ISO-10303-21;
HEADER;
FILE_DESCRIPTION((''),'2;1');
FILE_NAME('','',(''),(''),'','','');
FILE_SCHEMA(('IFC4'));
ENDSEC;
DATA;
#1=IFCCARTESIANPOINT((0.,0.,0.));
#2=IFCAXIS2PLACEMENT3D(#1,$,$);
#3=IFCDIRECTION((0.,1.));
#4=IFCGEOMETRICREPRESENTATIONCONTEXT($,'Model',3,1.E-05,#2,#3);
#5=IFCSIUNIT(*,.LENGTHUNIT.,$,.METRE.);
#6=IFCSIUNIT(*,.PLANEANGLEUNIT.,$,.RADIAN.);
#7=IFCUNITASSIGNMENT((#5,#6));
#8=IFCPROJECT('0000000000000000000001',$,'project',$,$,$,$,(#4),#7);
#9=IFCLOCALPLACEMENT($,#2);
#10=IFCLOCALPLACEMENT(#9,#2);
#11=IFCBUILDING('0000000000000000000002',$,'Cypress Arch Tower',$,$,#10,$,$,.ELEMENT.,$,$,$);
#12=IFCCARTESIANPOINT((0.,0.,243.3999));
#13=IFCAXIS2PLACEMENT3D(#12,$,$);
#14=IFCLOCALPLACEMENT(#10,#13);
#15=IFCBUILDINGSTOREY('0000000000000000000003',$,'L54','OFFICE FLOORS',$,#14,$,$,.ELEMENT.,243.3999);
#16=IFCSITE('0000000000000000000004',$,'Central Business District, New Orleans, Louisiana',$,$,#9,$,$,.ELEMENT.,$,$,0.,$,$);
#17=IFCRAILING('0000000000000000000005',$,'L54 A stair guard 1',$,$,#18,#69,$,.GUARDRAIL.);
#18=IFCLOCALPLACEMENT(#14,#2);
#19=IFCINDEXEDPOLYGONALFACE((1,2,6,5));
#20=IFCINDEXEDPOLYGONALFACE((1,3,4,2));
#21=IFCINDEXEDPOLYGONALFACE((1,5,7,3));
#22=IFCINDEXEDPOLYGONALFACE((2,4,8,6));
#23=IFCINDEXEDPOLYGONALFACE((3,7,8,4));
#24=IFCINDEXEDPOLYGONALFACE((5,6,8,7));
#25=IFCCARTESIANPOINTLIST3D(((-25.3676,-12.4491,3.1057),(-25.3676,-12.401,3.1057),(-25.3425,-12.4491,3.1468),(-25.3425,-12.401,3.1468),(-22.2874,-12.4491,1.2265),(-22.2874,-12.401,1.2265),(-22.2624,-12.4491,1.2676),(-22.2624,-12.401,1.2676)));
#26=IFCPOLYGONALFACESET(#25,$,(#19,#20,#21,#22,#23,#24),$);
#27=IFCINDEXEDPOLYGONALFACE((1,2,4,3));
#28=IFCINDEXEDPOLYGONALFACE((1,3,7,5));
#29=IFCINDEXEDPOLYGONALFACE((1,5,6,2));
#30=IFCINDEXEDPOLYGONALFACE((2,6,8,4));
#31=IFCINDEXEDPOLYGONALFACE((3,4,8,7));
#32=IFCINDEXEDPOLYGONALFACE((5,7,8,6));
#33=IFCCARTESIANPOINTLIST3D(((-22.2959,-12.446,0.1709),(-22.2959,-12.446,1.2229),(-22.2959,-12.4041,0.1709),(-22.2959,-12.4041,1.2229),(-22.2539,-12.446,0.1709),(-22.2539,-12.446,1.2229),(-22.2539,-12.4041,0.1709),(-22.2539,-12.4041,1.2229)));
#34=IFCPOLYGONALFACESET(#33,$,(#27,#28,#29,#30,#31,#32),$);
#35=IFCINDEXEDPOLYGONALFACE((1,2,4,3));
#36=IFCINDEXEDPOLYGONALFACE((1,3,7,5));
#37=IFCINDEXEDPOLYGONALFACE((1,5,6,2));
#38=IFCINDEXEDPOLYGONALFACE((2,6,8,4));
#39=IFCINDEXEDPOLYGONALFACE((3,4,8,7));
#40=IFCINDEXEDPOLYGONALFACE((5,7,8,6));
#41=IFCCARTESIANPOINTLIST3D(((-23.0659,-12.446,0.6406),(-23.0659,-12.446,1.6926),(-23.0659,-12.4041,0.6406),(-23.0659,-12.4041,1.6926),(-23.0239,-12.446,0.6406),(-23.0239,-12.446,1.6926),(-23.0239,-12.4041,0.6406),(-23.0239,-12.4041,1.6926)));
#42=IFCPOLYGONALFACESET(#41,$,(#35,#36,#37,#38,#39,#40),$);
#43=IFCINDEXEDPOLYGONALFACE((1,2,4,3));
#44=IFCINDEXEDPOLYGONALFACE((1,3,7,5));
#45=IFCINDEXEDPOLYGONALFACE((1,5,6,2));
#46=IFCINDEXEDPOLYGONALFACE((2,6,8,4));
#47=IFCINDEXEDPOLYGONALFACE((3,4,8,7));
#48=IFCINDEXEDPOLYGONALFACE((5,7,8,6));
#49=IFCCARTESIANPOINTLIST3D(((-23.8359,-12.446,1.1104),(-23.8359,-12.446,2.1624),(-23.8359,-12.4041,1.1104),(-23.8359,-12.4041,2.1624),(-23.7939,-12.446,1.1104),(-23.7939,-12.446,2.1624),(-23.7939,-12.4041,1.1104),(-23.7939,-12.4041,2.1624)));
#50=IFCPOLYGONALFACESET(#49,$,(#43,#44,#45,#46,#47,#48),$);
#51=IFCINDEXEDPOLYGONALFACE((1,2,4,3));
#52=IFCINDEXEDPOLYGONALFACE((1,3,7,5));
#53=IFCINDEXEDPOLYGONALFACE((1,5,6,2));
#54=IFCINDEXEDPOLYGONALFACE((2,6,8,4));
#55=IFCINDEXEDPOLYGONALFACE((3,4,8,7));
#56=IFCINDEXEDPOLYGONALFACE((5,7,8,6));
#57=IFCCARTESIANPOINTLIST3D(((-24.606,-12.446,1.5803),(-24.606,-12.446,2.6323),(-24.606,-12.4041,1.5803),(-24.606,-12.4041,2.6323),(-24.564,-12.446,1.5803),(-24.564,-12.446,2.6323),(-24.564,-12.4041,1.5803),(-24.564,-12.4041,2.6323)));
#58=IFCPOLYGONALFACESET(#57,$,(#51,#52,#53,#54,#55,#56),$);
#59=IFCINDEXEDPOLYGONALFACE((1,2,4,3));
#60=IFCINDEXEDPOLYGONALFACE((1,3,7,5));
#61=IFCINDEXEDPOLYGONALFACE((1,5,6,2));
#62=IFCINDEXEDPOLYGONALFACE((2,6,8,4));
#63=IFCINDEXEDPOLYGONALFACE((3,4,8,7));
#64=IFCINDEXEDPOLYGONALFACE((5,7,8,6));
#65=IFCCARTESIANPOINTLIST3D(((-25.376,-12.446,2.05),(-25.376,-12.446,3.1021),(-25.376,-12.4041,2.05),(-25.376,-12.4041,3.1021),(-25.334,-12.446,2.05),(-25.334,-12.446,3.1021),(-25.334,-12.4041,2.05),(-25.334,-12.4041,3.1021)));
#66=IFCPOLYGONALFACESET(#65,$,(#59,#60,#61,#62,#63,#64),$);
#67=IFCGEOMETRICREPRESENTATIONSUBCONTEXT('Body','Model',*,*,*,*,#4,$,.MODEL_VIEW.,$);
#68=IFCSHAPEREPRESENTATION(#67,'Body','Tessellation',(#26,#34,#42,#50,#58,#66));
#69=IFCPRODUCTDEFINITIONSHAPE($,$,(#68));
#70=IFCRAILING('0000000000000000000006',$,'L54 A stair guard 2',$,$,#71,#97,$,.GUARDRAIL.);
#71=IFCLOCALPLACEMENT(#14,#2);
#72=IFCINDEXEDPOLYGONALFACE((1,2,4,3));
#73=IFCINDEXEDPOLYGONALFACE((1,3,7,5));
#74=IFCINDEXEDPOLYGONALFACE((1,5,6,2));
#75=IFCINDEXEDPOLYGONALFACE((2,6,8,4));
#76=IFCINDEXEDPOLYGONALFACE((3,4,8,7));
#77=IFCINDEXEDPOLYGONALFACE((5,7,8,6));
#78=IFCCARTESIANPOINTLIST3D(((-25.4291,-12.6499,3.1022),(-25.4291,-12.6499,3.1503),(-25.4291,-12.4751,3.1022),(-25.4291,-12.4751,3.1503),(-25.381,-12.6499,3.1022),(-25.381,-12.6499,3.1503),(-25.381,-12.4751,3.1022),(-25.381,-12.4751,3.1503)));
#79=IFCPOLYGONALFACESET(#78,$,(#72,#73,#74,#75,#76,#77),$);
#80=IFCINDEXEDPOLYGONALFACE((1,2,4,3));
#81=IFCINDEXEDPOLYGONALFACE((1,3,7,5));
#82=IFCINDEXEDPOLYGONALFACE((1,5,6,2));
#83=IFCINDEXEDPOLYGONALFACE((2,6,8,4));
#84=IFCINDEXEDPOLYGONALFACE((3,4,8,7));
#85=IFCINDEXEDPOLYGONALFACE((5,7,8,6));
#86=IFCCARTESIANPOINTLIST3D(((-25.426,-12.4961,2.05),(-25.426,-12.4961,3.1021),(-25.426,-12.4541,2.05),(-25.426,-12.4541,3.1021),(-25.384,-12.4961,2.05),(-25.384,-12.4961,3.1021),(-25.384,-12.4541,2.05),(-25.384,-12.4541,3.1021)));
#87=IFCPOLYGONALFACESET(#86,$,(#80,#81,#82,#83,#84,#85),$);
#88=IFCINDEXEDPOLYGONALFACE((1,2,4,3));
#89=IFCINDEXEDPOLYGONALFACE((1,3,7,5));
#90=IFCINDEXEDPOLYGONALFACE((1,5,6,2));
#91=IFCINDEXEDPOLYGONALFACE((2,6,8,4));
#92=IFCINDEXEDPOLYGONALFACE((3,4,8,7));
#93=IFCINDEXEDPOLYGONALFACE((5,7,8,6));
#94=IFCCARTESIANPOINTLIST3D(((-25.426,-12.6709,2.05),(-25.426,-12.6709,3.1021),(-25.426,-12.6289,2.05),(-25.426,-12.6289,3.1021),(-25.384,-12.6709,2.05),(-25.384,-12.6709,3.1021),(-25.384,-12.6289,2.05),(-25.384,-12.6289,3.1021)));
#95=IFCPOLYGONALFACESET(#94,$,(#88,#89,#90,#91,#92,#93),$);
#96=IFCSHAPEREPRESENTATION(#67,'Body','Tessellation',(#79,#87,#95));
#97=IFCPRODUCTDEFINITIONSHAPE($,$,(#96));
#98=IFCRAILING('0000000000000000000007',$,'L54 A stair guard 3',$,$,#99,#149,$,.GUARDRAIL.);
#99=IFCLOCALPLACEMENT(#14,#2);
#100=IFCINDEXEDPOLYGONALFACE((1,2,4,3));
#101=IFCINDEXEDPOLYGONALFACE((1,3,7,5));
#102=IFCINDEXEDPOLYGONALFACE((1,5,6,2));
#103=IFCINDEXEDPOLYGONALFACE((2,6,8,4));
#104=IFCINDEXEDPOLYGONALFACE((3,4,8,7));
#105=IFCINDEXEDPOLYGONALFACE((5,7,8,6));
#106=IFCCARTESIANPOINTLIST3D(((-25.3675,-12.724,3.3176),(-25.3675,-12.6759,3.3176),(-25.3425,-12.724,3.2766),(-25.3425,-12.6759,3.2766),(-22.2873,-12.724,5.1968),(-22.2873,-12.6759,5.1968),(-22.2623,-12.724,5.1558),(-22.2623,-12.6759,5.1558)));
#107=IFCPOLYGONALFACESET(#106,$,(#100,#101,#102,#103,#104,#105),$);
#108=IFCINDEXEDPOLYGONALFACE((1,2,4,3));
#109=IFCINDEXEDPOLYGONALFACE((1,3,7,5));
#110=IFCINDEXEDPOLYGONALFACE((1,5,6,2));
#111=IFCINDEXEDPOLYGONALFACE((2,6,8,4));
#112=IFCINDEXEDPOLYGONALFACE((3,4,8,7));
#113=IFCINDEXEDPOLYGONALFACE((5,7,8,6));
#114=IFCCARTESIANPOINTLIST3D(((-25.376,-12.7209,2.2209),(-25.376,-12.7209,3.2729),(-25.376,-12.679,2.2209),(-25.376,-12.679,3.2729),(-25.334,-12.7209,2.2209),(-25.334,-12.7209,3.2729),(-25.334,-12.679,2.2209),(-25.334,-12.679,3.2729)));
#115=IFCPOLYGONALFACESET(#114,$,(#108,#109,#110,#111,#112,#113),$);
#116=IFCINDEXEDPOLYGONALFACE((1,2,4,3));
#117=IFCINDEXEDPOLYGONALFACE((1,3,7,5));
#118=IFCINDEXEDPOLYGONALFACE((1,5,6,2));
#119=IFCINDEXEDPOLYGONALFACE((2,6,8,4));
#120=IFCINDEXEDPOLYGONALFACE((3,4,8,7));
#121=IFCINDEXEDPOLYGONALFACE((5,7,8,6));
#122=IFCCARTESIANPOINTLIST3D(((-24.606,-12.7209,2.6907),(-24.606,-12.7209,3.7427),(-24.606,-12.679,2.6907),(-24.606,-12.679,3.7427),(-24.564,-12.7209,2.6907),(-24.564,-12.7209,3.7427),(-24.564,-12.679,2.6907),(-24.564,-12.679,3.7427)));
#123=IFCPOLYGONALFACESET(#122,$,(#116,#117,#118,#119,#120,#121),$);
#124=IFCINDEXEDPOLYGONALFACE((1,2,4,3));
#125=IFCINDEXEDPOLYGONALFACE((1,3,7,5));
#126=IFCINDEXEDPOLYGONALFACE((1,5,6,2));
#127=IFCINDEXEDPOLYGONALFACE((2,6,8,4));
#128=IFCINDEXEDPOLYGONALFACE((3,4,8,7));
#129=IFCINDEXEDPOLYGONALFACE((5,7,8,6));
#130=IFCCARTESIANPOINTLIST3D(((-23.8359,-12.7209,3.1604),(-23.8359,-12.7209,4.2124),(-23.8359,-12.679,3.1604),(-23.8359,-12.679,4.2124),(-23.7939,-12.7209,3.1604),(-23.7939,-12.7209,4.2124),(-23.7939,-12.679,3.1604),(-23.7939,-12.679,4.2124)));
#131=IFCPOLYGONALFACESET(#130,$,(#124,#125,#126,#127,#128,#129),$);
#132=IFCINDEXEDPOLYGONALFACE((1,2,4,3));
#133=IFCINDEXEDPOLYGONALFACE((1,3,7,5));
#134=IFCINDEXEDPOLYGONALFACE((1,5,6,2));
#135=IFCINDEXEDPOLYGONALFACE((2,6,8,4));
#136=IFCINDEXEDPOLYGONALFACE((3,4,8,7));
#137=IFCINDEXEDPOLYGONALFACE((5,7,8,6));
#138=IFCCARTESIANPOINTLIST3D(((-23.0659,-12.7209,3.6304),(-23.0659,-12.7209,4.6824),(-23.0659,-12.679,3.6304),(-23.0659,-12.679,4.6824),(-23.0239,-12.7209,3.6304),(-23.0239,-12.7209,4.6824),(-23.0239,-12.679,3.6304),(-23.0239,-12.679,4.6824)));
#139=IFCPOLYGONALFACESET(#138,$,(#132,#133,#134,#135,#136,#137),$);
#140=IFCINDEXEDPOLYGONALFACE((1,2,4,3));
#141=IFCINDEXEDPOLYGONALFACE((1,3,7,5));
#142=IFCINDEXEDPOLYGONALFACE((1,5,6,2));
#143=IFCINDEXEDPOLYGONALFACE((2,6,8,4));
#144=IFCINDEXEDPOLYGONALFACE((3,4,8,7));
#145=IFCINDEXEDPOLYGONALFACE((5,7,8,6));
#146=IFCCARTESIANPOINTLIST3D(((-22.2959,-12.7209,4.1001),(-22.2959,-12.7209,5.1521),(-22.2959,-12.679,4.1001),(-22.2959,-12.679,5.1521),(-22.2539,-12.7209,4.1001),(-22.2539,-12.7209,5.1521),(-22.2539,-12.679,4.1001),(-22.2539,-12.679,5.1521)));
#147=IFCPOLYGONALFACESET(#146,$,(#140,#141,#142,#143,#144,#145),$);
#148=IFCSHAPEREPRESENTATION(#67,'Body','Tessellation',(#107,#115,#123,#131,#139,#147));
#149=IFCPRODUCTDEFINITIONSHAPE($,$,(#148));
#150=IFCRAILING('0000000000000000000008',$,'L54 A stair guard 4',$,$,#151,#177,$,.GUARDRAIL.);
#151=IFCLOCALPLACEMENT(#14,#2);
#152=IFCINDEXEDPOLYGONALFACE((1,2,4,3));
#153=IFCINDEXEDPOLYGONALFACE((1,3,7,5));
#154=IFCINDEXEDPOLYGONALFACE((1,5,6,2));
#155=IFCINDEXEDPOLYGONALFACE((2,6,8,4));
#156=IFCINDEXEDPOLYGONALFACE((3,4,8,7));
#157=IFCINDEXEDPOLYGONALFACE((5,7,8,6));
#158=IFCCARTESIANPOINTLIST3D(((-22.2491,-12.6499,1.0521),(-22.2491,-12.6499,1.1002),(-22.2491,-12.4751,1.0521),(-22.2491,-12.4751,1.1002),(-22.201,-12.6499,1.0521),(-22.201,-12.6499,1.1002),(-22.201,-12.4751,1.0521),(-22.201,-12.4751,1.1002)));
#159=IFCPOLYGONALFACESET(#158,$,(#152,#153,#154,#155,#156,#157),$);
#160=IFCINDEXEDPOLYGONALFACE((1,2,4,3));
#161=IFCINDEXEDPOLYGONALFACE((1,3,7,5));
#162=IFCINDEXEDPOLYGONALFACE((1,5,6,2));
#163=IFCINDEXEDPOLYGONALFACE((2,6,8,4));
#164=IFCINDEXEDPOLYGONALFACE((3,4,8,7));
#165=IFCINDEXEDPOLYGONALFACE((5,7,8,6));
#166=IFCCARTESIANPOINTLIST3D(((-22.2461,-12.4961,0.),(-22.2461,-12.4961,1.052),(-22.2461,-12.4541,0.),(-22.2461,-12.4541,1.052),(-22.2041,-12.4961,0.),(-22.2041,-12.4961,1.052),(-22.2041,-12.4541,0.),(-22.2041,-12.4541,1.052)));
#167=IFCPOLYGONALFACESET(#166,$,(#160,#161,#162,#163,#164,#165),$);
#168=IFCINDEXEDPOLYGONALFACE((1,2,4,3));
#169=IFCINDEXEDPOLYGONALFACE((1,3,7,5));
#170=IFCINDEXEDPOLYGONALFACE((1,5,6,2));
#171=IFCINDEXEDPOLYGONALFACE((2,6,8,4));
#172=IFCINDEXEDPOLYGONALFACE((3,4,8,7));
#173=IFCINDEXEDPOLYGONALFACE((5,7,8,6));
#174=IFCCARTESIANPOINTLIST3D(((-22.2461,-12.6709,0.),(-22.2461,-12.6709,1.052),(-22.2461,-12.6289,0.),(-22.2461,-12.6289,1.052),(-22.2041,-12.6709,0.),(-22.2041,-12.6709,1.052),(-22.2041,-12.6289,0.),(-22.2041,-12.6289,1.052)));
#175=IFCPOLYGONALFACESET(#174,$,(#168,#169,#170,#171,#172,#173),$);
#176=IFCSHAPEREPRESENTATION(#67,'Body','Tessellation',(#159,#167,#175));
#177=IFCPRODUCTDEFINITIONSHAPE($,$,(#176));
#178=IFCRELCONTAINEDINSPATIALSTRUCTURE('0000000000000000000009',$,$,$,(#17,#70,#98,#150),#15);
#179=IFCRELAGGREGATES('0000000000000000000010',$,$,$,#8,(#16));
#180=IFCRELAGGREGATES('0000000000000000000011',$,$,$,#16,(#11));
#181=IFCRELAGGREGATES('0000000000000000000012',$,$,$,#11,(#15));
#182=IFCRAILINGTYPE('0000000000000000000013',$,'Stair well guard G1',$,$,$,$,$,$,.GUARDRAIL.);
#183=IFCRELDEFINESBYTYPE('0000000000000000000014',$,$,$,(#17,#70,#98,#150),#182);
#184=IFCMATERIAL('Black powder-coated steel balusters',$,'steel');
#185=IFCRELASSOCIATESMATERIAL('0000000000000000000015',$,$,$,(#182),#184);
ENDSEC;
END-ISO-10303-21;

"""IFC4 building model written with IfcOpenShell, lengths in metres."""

from ifc_helpers import new_model, si_unit, direction, frame, origin, origin_2d, place, context, subcontext, project, spatial, rectangle, extrude, material, type_object, element, save


model = new_model("IFC4")

# Units and contexts
model_context = context("Model", 3, precision=1e-05, world=origin(), true_north=direction((0.0, 1.0)))
body_context = subcontext(model_context, "Body", "Model", "MODEL_VIEW")
ifc_project = project(units=[si_unit("LENGTHUNIT", "METRE"), si_unit("PLANEANGLEUNIT", "RADIAN")], contexts=[model_context])

# Site, building, storey
site_placement = place(None, origin())
site = spatial("IfcSite", under=ifc_project, at=site_placement, Name="Central Business District, New Orleans, Louisiana", CompositionType="ELEMENT", RefElevation=0.0)
building_placement = place(site_placement, origin())
building = spatial("IfcBuilding", under=site, at=building_placement, Name="Cypress Arch Tower", CompositionType="ELEMENT")
storey_placement = place(building_placement, frame((0.0, 0.0, 243.3999)))
storey = spatial("IfcBuildingStorey", under=building, at=storey_placement, Name="L54", Description="OFFICE FLOORS", CompositionType="ELEMENT", Elevation=243.3999)

# Railings
ifc_material_1 = material(Name="Black powder-coated steel balusters", Category="steel")
railing_type_1 = type_object("IfcRailingType", Name="Stair well guard G1", PredefinedType="GUARDRAIL", material=ifc_material_1)
railing_1_placement = place(storey_placement, frame((-22.2749, -12.425, 0.1709)))
element("IfcRailing", 1, at=railing_1_placement, inside=storey, type_object=railing_type_1, Name="L54 A stair guard 1", PredefinedType="GUARDRAIL", context=body_context, shape_type="SweptSolid", body=[
    extrude(rectangle(XDim=0.0481, YDim=0.0481, at=origin_2d()), frame((0.0, 0.0, 1.0762), z_axis=(-0.853666, 0.0, 0.52082), x_axis=(0.0, -1.0, 0.0)), (0.0, 0.0, 1.0), 3.6082),
    extrude(rectangle(XDim=0.042, YDim=0.042, at=origin_2d()), origin(), (0.0, 0.0, 1.0), 1.052),
    extrude(rectangle(XDim=0.042, YDim=0.042, at=origin_2d()), frame((-0.77, 0.0, 0.4697)), (0.0, 0.0, 1.0), 1.052),
    extrude(rectangle(XDim=0.042, YDim=0.042, at=origin_2d()), frame((-1.54, 0.0, 0.9395)), (0.0, 0.0, 1.0), 1.052),
    extrude(rectangle(XDim=0.042, YDim=0.042, at=origin_2d()), frame((-2.3101, 0.0, 1.4094)), (0.0, 0.0, 1.0), 1.052),
    extrude(rectangle(XDim=0.042, YDim=0.042, at=origin_2d()), frame((-3.0801, 0.0, 1.8792)), (0.0, 0.0, 1.0), 1.052),
])
railing_2_placement = place(storey_placement, frame((-25.405, -12.4751, 2.05)))
element("IfcRailing", 2, at=railing_2_placement, inside=storey, type_object=railing_type_1, Name="L54 A stair guard 2", PredefinedType="GUARDRAIL", context=body_context, shape_type="SweptSolid", body=[
    extrude(rectangle(XDim=0.0481, YDim=0.0481, at=origin_2d()), frame((0.0, 0.0, 1.0762), z_axis=(0.0, -1.0, 0.0), x_axis=(1.0, 0.0, 0.0)), (0.0, 0.0, 1.0), 0.1748),
    extrude(rectangle(XDim=0.042, YDim=0.042, at=origin_2d()), origin(), (0.0, 0.0, 1.0), 1.052),
    extrude(rectangle(XDim=0.042, YDim=0.042, at=origin_2d()), frame((0.0, -0.1748, 0.0)), (0.0, 0.0, 1.0), 1.052),
])
railing_3_placement = place(storey_placement, frame((-25.355, -12.7, 2.2209)))
element("IfcRailing", 3, at=railing_3_placement, inside=storey, type_object=railing_type_1, Name="L54 A stair guard 3", PredefinedType="GUARDRAIL", context=body_context, shape_type="SweptSolid", body=[
    extrude(rectangle(XDim=0.0481, YDim=0.0481, at=origin_2d()), frame((0.0, 0.0, 1.0762), z_axis=(0.853666, 0.0, 0.52082), x_axis=(0.0, 1.0, 0.0)), (0.0, 0.0, 1.0), 3.6082),
    extrude(rectangle(XDim=0.042, YDim=0.042, at=origin_2d()), origin(), (0.0, 0.0, 1.0), 1.052),
    extrude(rectangle(XDim=0.042, YDim=0.042, at=origin_2d()), frame((0.77, 0.0, 0.4697)), (0.0, 0.0, 1.0), 1.052),
    extrude(rectangle(XDim=0.042, YDim=0.042, at=origin_2d()), frame((1.54, 0.0, 0.9395)), (0.0, 0.0, 1.0), 1.052),
    extrude(rectangle(XDim=0.042, YDim=0.042, at=origin_2d()), frame((2.3101, 0.0, 1.4094)), (0.0, 0.0, 1.0), 1.052),
    extrude(rectangle(XDim=0.042, YDim=0.042, at=origin_2d()), frame((3.0801, 0.0, 1.8792)), (0.0, 0.0, 1.0), 1.052),
])
railing_4_placement = place(storey_placement, frame((-22.2251, -12.4751, 0.0)))
element("IfcRailing", 4, at=railing_4_placement, inside=storey, type_object=railing_type_1, Name="L54 A stair guard 4", PredefinedType="GUARDRAIL", context=body_context, shape_type="SweptSolid", body=[
    extrude(rectangle(XDim=0.0481, YDim=0.0481, at=origin_2d()), frame((0.0, 0.0, 1.0762), z_axis=(0.0, -1.0, 0.0), x_axis=(1.0, 0.0, 0.0)), (0.0, 0.0, 1.0), 0.1748),
    extrude(rectangle(XDim=0.042, YDim=0.042, at=origin_2d()), origin(), (0.0, 0.0, 1.0), 1.052),
    extrude(rectangle(XDim=0.042, YDim=0.042, at=origin_2d()), frame((0.0, -0.1748, 0.0)), (0.0, 0.0, 1.0), 1.052),
])

save(model, "model.ifc")
